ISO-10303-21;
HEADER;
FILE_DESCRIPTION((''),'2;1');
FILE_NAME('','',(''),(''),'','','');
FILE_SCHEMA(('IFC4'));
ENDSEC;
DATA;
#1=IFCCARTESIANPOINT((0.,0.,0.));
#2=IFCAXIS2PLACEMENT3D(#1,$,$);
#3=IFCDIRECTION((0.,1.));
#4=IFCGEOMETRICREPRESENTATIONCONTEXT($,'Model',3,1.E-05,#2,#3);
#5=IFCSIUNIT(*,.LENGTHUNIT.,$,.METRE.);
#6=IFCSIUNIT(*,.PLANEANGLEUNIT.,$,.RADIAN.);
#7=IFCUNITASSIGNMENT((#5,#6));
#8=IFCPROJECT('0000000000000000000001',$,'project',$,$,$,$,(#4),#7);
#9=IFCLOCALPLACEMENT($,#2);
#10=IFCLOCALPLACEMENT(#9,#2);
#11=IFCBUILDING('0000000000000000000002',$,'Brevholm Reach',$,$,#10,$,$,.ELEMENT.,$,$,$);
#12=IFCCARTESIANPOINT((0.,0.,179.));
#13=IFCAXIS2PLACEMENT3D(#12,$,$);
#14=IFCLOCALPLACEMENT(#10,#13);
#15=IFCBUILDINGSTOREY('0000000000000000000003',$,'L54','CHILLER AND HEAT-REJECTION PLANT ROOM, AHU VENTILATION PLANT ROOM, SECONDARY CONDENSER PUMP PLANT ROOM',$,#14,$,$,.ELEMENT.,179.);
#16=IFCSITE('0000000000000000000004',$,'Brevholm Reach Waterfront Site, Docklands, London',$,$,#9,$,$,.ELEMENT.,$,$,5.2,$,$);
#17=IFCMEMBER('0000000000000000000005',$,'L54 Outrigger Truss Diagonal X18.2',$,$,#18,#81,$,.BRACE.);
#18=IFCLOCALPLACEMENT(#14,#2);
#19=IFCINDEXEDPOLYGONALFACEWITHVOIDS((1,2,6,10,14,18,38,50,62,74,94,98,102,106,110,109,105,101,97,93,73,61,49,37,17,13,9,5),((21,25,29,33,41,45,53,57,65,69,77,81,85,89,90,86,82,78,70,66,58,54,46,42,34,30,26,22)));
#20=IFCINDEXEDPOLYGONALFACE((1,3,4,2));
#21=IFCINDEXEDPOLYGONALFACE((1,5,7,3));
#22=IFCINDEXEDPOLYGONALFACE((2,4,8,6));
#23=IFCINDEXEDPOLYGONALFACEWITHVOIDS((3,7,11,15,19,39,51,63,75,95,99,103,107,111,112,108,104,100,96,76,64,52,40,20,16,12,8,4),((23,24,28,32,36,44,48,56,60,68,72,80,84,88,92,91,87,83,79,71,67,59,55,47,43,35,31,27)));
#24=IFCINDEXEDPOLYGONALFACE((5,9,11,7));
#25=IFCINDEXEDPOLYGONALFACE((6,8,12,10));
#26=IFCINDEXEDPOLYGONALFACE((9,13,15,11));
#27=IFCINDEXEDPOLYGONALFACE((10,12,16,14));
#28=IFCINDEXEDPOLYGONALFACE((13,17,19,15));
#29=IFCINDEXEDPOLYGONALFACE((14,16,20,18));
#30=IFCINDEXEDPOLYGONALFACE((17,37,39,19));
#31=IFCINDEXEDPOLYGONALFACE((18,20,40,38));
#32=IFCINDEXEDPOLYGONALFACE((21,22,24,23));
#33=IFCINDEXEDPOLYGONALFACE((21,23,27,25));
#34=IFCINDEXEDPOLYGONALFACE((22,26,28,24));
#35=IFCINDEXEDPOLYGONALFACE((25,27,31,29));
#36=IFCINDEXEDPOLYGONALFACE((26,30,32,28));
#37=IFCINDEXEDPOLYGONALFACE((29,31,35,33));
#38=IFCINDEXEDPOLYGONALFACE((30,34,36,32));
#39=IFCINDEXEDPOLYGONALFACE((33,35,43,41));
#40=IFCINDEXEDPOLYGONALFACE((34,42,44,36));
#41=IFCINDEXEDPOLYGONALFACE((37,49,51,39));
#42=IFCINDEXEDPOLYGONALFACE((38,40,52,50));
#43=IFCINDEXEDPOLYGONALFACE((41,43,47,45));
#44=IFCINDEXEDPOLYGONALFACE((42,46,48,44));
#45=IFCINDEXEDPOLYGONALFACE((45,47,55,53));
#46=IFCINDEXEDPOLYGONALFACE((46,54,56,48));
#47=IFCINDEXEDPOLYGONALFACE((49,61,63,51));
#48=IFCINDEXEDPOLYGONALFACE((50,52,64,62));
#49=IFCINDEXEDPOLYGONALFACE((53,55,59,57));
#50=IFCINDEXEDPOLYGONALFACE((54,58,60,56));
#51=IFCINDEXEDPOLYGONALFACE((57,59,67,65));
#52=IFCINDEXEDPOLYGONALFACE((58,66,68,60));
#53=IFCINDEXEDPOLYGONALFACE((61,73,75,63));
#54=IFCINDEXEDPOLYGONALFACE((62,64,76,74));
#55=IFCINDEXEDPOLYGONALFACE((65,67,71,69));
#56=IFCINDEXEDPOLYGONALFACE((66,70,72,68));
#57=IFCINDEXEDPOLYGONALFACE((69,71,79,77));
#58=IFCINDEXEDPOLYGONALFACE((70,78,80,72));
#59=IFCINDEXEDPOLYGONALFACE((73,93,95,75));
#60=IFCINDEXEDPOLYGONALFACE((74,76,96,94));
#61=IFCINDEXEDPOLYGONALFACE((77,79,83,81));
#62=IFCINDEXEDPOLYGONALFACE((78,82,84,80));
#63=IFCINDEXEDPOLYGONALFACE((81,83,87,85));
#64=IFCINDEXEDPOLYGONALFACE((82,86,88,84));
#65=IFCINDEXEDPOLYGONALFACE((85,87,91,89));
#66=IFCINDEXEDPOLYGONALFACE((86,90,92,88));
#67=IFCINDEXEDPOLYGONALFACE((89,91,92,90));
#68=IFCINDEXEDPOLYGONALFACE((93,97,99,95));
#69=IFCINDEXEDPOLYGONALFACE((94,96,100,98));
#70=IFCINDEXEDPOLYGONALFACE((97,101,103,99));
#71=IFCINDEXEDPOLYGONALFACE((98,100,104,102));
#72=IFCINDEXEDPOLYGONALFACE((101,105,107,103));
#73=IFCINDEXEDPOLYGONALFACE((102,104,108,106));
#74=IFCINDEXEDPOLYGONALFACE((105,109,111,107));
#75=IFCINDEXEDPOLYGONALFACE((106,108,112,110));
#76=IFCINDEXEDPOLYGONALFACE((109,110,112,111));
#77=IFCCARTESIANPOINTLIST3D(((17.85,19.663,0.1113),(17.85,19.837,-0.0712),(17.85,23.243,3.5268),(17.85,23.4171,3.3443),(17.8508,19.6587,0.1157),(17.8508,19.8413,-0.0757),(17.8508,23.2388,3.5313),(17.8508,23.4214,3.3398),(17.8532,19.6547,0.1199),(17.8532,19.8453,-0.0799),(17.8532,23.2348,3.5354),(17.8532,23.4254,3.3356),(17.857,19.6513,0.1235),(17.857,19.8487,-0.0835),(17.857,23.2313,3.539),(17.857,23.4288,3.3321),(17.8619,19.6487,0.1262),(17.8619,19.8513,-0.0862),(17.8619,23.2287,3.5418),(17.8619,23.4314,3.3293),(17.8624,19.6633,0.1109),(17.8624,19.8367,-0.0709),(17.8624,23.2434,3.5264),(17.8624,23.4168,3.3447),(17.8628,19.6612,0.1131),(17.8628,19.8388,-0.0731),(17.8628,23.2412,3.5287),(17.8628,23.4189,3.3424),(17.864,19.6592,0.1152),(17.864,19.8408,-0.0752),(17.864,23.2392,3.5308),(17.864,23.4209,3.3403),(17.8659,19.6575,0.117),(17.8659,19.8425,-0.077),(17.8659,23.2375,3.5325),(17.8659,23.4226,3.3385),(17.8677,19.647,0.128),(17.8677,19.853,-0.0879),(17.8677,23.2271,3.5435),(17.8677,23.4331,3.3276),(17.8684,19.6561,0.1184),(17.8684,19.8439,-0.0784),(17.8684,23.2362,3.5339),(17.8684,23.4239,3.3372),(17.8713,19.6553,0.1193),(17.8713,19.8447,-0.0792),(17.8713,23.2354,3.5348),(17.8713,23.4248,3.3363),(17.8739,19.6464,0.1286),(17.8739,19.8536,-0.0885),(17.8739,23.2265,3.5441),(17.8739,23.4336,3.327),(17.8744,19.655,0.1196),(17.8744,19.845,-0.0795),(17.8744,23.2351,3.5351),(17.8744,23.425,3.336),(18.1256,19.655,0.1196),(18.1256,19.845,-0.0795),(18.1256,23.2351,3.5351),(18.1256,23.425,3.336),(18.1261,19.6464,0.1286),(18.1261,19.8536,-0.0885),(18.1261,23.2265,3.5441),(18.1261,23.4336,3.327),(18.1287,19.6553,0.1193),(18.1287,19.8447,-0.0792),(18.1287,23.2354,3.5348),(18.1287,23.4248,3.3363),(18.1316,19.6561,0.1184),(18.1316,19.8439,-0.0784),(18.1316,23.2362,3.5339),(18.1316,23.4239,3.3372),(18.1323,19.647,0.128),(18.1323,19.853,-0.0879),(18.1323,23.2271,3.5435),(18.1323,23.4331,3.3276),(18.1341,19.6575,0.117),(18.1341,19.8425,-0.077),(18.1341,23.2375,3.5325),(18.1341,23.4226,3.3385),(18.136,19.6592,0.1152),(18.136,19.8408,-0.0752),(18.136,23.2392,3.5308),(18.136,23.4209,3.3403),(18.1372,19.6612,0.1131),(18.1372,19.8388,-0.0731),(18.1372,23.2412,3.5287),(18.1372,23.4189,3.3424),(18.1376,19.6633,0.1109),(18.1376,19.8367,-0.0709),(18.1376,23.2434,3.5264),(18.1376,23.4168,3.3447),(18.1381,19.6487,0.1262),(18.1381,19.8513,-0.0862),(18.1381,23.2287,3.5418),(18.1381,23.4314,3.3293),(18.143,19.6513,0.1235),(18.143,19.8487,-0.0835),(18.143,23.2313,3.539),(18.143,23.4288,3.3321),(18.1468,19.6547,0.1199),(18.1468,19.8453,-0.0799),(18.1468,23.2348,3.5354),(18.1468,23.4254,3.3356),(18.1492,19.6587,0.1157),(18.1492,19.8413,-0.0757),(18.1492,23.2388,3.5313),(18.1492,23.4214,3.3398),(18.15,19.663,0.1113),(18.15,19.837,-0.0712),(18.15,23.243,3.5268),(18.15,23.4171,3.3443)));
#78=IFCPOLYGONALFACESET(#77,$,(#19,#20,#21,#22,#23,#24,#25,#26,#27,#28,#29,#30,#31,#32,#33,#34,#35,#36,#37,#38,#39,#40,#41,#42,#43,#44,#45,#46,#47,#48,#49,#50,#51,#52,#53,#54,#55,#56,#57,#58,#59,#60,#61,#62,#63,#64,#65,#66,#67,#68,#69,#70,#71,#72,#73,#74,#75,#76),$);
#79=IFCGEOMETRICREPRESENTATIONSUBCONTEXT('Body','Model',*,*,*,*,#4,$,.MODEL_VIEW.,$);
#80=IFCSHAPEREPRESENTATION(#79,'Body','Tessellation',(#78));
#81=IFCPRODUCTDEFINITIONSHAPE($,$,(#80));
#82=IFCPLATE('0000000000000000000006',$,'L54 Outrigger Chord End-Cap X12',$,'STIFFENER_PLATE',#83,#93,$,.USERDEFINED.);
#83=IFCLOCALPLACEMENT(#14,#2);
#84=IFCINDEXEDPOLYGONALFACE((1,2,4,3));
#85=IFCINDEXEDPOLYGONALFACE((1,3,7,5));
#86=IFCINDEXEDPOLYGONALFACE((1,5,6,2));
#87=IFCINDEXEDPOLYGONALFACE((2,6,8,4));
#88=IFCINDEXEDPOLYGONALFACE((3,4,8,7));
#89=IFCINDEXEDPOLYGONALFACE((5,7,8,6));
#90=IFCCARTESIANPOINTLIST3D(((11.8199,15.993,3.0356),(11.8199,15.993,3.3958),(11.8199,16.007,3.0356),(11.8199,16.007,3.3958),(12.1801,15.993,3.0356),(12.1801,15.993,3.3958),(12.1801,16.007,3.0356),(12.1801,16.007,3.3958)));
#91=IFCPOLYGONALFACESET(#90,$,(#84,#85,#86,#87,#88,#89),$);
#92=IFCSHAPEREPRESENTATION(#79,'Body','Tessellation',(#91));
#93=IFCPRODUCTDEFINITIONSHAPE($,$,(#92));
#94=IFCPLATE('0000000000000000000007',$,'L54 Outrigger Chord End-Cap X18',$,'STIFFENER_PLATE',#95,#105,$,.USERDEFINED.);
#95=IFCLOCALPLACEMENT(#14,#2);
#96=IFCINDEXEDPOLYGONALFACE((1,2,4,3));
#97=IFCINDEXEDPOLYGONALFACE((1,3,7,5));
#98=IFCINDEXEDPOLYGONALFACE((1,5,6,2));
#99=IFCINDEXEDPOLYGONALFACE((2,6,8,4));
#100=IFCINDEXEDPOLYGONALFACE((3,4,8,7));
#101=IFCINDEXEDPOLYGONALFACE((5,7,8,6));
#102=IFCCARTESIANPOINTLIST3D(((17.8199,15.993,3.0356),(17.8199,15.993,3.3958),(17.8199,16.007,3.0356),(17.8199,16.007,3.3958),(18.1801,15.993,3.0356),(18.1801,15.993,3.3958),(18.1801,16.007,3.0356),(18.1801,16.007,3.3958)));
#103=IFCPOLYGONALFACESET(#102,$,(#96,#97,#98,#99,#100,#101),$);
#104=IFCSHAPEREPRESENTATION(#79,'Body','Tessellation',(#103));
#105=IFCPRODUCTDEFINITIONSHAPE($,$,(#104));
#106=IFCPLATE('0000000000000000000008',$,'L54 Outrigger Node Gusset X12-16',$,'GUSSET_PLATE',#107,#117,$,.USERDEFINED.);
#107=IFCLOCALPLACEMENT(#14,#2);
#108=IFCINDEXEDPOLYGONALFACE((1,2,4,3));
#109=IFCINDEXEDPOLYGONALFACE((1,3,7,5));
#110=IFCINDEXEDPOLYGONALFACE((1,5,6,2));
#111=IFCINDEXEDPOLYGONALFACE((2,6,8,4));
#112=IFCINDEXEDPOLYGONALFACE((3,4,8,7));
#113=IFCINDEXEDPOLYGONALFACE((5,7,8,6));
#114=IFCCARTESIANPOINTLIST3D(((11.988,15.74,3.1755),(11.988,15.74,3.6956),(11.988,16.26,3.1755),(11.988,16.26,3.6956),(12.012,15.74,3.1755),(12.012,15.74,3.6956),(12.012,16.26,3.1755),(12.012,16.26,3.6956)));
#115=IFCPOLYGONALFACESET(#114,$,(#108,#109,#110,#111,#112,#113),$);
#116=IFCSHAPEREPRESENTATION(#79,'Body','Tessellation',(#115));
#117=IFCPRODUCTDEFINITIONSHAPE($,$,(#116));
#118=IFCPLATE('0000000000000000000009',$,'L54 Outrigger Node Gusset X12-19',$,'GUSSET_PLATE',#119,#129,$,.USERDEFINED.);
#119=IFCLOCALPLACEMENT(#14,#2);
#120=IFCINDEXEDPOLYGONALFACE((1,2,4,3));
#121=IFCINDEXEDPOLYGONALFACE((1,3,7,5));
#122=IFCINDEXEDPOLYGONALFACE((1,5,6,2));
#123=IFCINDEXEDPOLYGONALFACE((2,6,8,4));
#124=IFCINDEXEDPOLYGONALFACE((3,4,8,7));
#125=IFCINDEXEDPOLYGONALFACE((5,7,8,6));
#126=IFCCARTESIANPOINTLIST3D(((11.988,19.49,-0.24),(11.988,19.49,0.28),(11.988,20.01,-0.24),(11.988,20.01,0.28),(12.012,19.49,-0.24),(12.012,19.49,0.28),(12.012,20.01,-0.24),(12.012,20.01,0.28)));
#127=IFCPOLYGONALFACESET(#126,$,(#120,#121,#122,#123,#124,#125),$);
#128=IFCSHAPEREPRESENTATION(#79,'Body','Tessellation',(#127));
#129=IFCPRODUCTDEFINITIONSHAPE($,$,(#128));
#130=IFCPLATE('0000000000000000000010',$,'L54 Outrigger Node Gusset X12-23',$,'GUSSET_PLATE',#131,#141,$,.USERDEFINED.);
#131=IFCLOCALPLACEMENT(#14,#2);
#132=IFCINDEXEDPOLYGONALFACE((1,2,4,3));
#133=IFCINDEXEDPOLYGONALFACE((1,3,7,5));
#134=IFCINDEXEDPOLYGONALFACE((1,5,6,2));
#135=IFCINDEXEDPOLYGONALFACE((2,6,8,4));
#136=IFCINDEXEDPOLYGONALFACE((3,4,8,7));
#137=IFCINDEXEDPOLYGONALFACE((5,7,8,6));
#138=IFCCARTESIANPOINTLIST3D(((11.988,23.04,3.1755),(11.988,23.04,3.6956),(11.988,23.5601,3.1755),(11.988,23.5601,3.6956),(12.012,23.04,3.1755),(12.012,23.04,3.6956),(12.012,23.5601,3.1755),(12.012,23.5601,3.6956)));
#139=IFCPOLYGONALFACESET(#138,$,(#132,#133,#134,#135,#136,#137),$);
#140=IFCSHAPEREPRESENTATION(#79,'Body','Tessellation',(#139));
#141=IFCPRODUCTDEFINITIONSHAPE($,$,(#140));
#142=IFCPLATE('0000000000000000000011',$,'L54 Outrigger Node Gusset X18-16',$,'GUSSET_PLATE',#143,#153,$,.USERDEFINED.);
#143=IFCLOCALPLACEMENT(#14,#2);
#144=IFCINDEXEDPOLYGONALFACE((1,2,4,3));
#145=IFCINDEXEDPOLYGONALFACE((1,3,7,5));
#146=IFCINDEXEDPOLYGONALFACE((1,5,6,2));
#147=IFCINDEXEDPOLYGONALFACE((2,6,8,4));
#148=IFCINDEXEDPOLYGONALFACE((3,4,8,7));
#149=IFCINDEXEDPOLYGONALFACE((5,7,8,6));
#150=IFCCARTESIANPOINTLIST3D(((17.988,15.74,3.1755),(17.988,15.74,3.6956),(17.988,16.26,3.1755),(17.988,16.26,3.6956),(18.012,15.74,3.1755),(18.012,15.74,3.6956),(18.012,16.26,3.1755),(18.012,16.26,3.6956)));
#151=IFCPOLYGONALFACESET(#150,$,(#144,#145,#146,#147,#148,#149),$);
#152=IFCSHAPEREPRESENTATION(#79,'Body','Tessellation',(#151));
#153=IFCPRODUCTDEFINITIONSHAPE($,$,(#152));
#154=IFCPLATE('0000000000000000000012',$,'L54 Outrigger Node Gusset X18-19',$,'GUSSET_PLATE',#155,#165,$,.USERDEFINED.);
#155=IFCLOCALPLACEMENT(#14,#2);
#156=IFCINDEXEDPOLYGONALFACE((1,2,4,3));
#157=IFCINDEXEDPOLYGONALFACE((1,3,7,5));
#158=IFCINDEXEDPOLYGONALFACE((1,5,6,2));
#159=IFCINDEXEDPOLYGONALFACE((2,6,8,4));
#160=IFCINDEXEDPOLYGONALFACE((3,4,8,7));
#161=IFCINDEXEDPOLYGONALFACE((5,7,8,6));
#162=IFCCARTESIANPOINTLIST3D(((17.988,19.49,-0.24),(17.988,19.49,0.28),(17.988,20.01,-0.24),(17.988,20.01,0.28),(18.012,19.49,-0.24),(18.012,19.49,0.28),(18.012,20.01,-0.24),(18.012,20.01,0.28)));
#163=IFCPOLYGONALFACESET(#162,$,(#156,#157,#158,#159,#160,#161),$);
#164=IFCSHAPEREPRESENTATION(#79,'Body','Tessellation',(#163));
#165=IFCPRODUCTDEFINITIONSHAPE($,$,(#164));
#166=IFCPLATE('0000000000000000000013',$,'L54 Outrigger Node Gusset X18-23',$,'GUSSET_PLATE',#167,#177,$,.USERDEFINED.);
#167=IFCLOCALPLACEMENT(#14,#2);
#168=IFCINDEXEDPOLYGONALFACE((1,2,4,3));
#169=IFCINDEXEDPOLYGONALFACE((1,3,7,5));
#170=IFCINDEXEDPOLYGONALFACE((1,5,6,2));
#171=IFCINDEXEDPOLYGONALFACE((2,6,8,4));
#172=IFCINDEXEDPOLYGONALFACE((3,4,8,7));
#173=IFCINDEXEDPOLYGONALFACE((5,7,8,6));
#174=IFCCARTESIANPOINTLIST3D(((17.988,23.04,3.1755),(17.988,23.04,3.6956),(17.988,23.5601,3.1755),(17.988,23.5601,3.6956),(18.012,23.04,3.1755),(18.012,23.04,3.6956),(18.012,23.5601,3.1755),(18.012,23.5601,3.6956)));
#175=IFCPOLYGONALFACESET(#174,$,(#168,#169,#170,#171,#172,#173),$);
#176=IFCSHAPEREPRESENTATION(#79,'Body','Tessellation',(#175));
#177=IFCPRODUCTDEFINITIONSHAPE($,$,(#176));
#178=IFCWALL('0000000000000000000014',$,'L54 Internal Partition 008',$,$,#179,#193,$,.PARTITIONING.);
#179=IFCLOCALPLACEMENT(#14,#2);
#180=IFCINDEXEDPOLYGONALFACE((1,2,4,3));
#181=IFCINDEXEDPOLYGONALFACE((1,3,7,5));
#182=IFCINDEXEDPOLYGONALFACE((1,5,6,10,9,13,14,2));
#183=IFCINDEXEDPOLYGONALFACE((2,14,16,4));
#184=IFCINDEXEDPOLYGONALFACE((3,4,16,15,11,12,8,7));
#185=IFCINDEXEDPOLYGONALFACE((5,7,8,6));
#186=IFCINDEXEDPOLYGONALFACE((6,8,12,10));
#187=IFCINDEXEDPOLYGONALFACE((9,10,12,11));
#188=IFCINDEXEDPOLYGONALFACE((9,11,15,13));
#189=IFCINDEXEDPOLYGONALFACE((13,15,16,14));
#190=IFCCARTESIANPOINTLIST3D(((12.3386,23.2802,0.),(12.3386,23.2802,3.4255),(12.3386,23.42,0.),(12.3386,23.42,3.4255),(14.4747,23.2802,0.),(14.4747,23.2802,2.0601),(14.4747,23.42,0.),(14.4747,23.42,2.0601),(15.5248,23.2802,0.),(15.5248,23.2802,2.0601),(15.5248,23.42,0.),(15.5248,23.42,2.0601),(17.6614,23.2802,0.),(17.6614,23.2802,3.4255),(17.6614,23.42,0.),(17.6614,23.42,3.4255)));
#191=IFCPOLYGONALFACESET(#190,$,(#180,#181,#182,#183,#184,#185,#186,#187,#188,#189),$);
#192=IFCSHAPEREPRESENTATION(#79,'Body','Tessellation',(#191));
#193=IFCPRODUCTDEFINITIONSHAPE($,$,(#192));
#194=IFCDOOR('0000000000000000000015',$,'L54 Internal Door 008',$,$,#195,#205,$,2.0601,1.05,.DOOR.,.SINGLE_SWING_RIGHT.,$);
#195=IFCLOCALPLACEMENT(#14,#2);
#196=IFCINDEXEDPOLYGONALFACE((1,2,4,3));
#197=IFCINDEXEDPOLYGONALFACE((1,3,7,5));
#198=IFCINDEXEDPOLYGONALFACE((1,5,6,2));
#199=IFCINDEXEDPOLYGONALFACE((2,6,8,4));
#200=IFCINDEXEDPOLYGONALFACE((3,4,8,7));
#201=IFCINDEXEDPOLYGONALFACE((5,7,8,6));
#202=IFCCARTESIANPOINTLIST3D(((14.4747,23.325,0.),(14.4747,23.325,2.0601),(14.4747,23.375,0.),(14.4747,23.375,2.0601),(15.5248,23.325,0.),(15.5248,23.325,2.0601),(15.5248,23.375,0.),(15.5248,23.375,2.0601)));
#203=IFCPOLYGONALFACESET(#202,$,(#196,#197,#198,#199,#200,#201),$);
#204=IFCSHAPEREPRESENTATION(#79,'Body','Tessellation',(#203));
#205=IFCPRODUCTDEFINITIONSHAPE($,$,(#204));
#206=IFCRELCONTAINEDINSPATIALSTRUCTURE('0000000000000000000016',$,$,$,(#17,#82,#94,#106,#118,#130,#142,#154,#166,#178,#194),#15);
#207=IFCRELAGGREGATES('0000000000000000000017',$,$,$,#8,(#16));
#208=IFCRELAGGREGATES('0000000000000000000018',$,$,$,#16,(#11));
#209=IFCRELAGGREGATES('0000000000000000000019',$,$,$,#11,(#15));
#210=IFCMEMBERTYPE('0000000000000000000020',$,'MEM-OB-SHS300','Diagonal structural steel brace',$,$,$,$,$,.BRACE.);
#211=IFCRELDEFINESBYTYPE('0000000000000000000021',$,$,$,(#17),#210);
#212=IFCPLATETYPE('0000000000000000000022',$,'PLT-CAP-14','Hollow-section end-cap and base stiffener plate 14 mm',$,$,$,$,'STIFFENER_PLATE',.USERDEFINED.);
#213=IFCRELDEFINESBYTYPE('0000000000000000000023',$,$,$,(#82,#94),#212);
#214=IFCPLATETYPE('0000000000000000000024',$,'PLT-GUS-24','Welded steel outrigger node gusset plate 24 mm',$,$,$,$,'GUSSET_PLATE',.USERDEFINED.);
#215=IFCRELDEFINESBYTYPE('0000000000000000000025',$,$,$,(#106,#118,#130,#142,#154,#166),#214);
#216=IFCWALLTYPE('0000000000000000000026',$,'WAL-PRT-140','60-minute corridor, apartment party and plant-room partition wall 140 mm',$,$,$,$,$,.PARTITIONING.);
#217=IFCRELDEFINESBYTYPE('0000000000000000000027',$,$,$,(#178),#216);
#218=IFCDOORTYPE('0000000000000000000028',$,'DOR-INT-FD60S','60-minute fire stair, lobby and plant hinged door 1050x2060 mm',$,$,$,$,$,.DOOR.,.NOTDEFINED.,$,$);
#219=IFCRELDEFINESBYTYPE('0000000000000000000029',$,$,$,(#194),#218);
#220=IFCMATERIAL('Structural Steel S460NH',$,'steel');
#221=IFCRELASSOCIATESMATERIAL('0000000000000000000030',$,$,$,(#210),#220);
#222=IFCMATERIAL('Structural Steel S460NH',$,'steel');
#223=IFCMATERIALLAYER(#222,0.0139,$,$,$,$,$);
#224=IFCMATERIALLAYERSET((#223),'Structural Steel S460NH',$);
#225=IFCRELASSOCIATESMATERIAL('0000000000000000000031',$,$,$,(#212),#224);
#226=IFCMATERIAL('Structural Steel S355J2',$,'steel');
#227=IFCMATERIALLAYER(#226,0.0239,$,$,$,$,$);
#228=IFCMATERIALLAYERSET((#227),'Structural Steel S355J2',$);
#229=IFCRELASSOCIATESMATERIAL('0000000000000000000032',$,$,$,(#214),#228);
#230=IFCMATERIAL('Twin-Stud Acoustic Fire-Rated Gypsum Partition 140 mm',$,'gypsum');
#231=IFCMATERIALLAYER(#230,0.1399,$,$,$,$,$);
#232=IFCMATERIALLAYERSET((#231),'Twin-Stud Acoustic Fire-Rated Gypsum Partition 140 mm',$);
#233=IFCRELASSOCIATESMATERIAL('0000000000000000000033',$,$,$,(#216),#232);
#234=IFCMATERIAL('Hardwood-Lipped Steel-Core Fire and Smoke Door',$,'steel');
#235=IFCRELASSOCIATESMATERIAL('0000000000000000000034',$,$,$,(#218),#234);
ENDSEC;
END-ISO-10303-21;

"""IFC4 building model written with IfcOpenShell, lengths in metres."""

from ifc_helpers import new_model, si_unit, direction, frame, frame_2d, origin, origin_2d, place, context, subcontext, project, spatial, rectangle, hollow_rectangle, extrude, material, layer, layer_set, material_profile, profile_set, type_object, element, fill, save


model = new_model("IFC4")

# Units and contexts
model_context = context("Model", 3, precision=1e-05, world=origin(), true_north=direction((0.0, 1.0)))
body_context = subcontext(model_context, "Body", "Model", "MODEL_VIEW")
ifc_project = project(units=[si_unit("LENGTHUNIT", "METRE"), si_unit("PLANEANGLEUNIT", "RADIAN")], contexts=[model_context])

# Site, building, storey
site_placement = place(None, origin())
site = spatial("IfcSite", under=ifc_project, at=site_placement, Name="Brevholm Reach Waterfront Site, Docklands, London", CompositionType="ELEMENT", RefElevation=5.2)
building_placement = place(site_placement, origin())
building = spatial("IfcBuilding", under=site, at=building_placement, Name="Brevholm Reach", CompositionType="ELEMENT")
storey_placement = place(building_placement, frame((0.0, 0.0, 179.0)))
storey = spatial("IfcBuildingStorey", under=building, at=storey_placement, Name="L54", Description="CHILLER AND HEAT-REJECTION PLANT ROOM, AHU VENTILATION PLANT ROOM, SECONDARY CONDENSER PUMP PLANT ROOM", CompositionType="ELEMENT", Elevation=179.0)

# Member
ifc_material_1 = material(Name="Structural Steel S460NH", Category="steel")
ifc_material_profile_1 = material_profile(ifc_material_1, hollow_rectangle(XDim=0.3, YDim=0.3, WallThickness=0.0125, InnerFilletRadius=0.012, OuterFilletRadius=0.0239, at=origin_2d()), Name="SHS 300x300x12.5")
ifc_profile_set_1 = profile_set([ifc_material_profile_1], Name="Structural Steel S460NH")
member_type = type_object("IfcMemberType", Name="MEM-OB-SHS300", Description="Diagonal structural steel brace", PredefinedType="BRACE", material=ifc_profile_set_1)
for number, where, z_axis, x_axis, name in (
    (1, (18.0, 19.75, 0.02), (0.0, 0.723539, 0.690283), (-1.0, 0.0, 0.0), "L54 Outrigger Truss Diagonal X18.2"),
):
    element("IfcMember", number, at=place(storey_placement, frame(where, z_axis=z_axis, x_axis=x_axis)), inside=storey, type_object=member_type, Name=name, PredefinedType="BRACE", context=body_context, shape_type="SweptSolid", body=[
        extrude(hollow_rectangle(XDim=0.3, YDim=0.3, WallThickness=0.0125, InnerFilletRadius=0.012, OuterFilletRadius=0.0239, at=origin_2d()), origin(), (0.0, 0.0, 1.0), 4.948),
    ])

# Plates
ifc_material_2 = material(Name="Structural Steel S460NH", Category="steel")
ifc_layer_1 = layer(ifc_material_2, 0.0139)
ifc_layer_set_1 = layer_set([ifc_layer_1], Name="Structural Steel S460NH")
plate_type_1 = type_object("IfcPlateType", Name="PLT-CAP-14", Description="Hollow-section end-cap and base stiffener plate 14 mm", ElementType="STIFFENER_PLATE", PredefinedType="USERDEFINED", material=ifc_layer_set_1)
for number, where, z_axis, x_axis, name in (
    (2, (12.0, 16.0, 3.0356), (0.0, 0.0, 1.0), (1.0, 0.0, 0.0), "L54 Outrigger Chord End-Cap X12"),
    (3, (18.0, 16.0, 3.0356), (0.0, 0.0, 1.0), (1.0, 0.0, 0.0), "L54 Outrigger Chord End-Cap X18"),
):
    element("IfcPlate", number, at=place(storey_placement, frame(where, z_axis=z_axis, x_axis=x_axis)), inside=storey, type_object=plate_type_1, Name=name, ObjectType="STIFFENER_PLATE", PredefinedType="USERDEFINED", context=body_context, shape_type="SweptSolid", body=[
        extrude(rectangle(XDim=0.3601, YDim=0.0139, at=origin_2d()), origin(), (0.0, 0.0, 1.0), 0.3601),
    ])
ifc_material_3 = material(Name="Structural Steel S355J2", Category="steel")
ifc_layer_2 = layer(ifc_material_3, 0.0239)
ifc_layer_set_2 = layer_set([ifc_layer_2], Name="Structural Steel S355J2")
plate_type_2 = type_object("IfcPlateType", Name="PLT-GUS-24", Description="Welded steel outrigger node gusset plate 24 mm", ElementType="GUSSET_PLATE", PredefinedType="USERDEFINED", material=ifc_layer_set_2)
for number, where, z_axis, x_axis, name in (
    (4, (12.0, 16.0, 3.1755), (0.0, 0.0, 1.0), (1.0, 0.0, 0.0), "L54 Outrigger Node Gusset X12-16"),
    (5, (12.0, 19.75, -0.24), (0.0, 0.0, 1.0), (1.0, 0.0, 0.0), "L54 Outrigger Node Gusset X12-19"),
    (6, (12.0, 23.3, 3.1755), (0.0, 0.0, 1.0), (1.0, 0.0, 0.0), "L54 Outrigger Node Gusset X12-23"),
    (7, (18.0, 16.0, 3.1755), (0.0, 0.0, 1.0), (1.0, 0.0, 0.0), "L54 Outrigger Node Gusset X18-16"),
    (8, (18.0, 19.75, -0.24), (0.0, 0.0, 1.0), (1.0, 0.0, 0.0), "L54 Outrigger Node Gusset X18-19"),
    (9, (18.0, 23.3, 3.1755), (0.0, 0.0, 1.0), (1.0, 0.0, 0.0), "L54 Outrigger Node Gusset X18-23"),
):
    element("IfcPlate", number, at=place(storey_placement, frame(where, z_axis=z_axis, x_axis=x_axis)), inside=storey, type_object=plate_type_2, Name=name, ObjectType="GUSSET_PLATE", PredefinedType="USERDEFINED", context=body_context, shape_type="SweptSolid", body=[
        extrude(rectangle(XDim=0.0239, YDim=0.52, at=origin_2d()), origin(), (0.0, 0.0, 1.0), 0.52),
    ])

# Wall, opening, door
ifc_material_4 = material(Name="Twin-Stud Acoustic Fire-Rated Gypsum Partition 140 mm", Category="gypsum")
ifc_layer_3 = layer(ifc_material_4, 0.1399)
ifc_layer_set_3 = layer_set([ifc_layer_3], Name="Twin-Stud Acoustic Fire-Rated Gypsum Partition 140 mm")
wall_type = type_object("IfcWallType", Name="WAL-PRT-140", Description="60-minute corridor, apartment party and plant-room partition wall 140 mm", PredefinedType="PARTITIONING", material=ifc_layer_set_3)
wall_placement = place(storey_placement, frame((12.3386, 23.3501, 0.0), z_axis=(0.0, 0.0, 1.0), x_axis=(1.0, 0.0, 0.0)))
wall = element("IfcWall", 10, at=wall_placement, inside=storey, type_object=wall_type, Name="L54 Internal Partition 008", PredefinedType="PARTITIONING", context=body_context, shape_type="SweptSolid", body=[
    extrude(rectangle(XDim=5.3228, YDim=0.1399, at=frame_2d((2.6614, 0.0))), origin(), (0.0, 0.0, 1.0), 3.4255),
])
opening_placement = place(wall_placement, frame((2.1362, 0.0, 0.0)))
opening = element("IfcOpeningElement", 11, at=opening_placement, cuts=wall, PredefinedType="OPENING", context=body_context, shape_type="SweptSolid", body=[
    extrude(rectangle(XDim=1.05, YDim=2.0601, at=frame_2d((0.5249, 1.03))), frame((0.0, 0.0798, 0.0), z_axis=(0.0, -1.0, 0.0), x_axis=(1.0, 0.0, 0.0)), (0.0, 0.0, 1.0), 0.1599),
])
ifc_material_5 = material(Name="Hardwood-Lipped Steel-Core Fire and Smoke Door", Category="steel")
door_type = type_object("IfcDoorType", Name="DOR-INT-FD60S", Description="60-minute fire stair, lobby and plant hinged door 1050x2060 mm", OperationType="NOTDEFINED", PredefinedType="DOOR", material=ifc_material_5)
door_placement = place(opening_placement, origin())
door = element("IfcDoor", 12, at=door_placement, inside=storey, type_object=door_type, Name="L54 Internal Door 008", OperationType="SINGLE_SWING_RIGHT", OverallHeight=2.0601, OverallWidth=1.05, PredefinedType="DOOR", context=body_context, shape_type="SweptSolid", body=[
    extrude(rectangle(XDim=1.05, YDim=2.0601, at=frame_2d((0.5249, 1.03))), frame((0.0, 0.0249, 0.0), z_axis=(0.0, -1.0, 0.0), x_axis=(1.0, 0.0, 0.0)), (0.0, 0.0, 1.0), 0.05),
])
fill(opening, door)

save(model, "model.ifc")
